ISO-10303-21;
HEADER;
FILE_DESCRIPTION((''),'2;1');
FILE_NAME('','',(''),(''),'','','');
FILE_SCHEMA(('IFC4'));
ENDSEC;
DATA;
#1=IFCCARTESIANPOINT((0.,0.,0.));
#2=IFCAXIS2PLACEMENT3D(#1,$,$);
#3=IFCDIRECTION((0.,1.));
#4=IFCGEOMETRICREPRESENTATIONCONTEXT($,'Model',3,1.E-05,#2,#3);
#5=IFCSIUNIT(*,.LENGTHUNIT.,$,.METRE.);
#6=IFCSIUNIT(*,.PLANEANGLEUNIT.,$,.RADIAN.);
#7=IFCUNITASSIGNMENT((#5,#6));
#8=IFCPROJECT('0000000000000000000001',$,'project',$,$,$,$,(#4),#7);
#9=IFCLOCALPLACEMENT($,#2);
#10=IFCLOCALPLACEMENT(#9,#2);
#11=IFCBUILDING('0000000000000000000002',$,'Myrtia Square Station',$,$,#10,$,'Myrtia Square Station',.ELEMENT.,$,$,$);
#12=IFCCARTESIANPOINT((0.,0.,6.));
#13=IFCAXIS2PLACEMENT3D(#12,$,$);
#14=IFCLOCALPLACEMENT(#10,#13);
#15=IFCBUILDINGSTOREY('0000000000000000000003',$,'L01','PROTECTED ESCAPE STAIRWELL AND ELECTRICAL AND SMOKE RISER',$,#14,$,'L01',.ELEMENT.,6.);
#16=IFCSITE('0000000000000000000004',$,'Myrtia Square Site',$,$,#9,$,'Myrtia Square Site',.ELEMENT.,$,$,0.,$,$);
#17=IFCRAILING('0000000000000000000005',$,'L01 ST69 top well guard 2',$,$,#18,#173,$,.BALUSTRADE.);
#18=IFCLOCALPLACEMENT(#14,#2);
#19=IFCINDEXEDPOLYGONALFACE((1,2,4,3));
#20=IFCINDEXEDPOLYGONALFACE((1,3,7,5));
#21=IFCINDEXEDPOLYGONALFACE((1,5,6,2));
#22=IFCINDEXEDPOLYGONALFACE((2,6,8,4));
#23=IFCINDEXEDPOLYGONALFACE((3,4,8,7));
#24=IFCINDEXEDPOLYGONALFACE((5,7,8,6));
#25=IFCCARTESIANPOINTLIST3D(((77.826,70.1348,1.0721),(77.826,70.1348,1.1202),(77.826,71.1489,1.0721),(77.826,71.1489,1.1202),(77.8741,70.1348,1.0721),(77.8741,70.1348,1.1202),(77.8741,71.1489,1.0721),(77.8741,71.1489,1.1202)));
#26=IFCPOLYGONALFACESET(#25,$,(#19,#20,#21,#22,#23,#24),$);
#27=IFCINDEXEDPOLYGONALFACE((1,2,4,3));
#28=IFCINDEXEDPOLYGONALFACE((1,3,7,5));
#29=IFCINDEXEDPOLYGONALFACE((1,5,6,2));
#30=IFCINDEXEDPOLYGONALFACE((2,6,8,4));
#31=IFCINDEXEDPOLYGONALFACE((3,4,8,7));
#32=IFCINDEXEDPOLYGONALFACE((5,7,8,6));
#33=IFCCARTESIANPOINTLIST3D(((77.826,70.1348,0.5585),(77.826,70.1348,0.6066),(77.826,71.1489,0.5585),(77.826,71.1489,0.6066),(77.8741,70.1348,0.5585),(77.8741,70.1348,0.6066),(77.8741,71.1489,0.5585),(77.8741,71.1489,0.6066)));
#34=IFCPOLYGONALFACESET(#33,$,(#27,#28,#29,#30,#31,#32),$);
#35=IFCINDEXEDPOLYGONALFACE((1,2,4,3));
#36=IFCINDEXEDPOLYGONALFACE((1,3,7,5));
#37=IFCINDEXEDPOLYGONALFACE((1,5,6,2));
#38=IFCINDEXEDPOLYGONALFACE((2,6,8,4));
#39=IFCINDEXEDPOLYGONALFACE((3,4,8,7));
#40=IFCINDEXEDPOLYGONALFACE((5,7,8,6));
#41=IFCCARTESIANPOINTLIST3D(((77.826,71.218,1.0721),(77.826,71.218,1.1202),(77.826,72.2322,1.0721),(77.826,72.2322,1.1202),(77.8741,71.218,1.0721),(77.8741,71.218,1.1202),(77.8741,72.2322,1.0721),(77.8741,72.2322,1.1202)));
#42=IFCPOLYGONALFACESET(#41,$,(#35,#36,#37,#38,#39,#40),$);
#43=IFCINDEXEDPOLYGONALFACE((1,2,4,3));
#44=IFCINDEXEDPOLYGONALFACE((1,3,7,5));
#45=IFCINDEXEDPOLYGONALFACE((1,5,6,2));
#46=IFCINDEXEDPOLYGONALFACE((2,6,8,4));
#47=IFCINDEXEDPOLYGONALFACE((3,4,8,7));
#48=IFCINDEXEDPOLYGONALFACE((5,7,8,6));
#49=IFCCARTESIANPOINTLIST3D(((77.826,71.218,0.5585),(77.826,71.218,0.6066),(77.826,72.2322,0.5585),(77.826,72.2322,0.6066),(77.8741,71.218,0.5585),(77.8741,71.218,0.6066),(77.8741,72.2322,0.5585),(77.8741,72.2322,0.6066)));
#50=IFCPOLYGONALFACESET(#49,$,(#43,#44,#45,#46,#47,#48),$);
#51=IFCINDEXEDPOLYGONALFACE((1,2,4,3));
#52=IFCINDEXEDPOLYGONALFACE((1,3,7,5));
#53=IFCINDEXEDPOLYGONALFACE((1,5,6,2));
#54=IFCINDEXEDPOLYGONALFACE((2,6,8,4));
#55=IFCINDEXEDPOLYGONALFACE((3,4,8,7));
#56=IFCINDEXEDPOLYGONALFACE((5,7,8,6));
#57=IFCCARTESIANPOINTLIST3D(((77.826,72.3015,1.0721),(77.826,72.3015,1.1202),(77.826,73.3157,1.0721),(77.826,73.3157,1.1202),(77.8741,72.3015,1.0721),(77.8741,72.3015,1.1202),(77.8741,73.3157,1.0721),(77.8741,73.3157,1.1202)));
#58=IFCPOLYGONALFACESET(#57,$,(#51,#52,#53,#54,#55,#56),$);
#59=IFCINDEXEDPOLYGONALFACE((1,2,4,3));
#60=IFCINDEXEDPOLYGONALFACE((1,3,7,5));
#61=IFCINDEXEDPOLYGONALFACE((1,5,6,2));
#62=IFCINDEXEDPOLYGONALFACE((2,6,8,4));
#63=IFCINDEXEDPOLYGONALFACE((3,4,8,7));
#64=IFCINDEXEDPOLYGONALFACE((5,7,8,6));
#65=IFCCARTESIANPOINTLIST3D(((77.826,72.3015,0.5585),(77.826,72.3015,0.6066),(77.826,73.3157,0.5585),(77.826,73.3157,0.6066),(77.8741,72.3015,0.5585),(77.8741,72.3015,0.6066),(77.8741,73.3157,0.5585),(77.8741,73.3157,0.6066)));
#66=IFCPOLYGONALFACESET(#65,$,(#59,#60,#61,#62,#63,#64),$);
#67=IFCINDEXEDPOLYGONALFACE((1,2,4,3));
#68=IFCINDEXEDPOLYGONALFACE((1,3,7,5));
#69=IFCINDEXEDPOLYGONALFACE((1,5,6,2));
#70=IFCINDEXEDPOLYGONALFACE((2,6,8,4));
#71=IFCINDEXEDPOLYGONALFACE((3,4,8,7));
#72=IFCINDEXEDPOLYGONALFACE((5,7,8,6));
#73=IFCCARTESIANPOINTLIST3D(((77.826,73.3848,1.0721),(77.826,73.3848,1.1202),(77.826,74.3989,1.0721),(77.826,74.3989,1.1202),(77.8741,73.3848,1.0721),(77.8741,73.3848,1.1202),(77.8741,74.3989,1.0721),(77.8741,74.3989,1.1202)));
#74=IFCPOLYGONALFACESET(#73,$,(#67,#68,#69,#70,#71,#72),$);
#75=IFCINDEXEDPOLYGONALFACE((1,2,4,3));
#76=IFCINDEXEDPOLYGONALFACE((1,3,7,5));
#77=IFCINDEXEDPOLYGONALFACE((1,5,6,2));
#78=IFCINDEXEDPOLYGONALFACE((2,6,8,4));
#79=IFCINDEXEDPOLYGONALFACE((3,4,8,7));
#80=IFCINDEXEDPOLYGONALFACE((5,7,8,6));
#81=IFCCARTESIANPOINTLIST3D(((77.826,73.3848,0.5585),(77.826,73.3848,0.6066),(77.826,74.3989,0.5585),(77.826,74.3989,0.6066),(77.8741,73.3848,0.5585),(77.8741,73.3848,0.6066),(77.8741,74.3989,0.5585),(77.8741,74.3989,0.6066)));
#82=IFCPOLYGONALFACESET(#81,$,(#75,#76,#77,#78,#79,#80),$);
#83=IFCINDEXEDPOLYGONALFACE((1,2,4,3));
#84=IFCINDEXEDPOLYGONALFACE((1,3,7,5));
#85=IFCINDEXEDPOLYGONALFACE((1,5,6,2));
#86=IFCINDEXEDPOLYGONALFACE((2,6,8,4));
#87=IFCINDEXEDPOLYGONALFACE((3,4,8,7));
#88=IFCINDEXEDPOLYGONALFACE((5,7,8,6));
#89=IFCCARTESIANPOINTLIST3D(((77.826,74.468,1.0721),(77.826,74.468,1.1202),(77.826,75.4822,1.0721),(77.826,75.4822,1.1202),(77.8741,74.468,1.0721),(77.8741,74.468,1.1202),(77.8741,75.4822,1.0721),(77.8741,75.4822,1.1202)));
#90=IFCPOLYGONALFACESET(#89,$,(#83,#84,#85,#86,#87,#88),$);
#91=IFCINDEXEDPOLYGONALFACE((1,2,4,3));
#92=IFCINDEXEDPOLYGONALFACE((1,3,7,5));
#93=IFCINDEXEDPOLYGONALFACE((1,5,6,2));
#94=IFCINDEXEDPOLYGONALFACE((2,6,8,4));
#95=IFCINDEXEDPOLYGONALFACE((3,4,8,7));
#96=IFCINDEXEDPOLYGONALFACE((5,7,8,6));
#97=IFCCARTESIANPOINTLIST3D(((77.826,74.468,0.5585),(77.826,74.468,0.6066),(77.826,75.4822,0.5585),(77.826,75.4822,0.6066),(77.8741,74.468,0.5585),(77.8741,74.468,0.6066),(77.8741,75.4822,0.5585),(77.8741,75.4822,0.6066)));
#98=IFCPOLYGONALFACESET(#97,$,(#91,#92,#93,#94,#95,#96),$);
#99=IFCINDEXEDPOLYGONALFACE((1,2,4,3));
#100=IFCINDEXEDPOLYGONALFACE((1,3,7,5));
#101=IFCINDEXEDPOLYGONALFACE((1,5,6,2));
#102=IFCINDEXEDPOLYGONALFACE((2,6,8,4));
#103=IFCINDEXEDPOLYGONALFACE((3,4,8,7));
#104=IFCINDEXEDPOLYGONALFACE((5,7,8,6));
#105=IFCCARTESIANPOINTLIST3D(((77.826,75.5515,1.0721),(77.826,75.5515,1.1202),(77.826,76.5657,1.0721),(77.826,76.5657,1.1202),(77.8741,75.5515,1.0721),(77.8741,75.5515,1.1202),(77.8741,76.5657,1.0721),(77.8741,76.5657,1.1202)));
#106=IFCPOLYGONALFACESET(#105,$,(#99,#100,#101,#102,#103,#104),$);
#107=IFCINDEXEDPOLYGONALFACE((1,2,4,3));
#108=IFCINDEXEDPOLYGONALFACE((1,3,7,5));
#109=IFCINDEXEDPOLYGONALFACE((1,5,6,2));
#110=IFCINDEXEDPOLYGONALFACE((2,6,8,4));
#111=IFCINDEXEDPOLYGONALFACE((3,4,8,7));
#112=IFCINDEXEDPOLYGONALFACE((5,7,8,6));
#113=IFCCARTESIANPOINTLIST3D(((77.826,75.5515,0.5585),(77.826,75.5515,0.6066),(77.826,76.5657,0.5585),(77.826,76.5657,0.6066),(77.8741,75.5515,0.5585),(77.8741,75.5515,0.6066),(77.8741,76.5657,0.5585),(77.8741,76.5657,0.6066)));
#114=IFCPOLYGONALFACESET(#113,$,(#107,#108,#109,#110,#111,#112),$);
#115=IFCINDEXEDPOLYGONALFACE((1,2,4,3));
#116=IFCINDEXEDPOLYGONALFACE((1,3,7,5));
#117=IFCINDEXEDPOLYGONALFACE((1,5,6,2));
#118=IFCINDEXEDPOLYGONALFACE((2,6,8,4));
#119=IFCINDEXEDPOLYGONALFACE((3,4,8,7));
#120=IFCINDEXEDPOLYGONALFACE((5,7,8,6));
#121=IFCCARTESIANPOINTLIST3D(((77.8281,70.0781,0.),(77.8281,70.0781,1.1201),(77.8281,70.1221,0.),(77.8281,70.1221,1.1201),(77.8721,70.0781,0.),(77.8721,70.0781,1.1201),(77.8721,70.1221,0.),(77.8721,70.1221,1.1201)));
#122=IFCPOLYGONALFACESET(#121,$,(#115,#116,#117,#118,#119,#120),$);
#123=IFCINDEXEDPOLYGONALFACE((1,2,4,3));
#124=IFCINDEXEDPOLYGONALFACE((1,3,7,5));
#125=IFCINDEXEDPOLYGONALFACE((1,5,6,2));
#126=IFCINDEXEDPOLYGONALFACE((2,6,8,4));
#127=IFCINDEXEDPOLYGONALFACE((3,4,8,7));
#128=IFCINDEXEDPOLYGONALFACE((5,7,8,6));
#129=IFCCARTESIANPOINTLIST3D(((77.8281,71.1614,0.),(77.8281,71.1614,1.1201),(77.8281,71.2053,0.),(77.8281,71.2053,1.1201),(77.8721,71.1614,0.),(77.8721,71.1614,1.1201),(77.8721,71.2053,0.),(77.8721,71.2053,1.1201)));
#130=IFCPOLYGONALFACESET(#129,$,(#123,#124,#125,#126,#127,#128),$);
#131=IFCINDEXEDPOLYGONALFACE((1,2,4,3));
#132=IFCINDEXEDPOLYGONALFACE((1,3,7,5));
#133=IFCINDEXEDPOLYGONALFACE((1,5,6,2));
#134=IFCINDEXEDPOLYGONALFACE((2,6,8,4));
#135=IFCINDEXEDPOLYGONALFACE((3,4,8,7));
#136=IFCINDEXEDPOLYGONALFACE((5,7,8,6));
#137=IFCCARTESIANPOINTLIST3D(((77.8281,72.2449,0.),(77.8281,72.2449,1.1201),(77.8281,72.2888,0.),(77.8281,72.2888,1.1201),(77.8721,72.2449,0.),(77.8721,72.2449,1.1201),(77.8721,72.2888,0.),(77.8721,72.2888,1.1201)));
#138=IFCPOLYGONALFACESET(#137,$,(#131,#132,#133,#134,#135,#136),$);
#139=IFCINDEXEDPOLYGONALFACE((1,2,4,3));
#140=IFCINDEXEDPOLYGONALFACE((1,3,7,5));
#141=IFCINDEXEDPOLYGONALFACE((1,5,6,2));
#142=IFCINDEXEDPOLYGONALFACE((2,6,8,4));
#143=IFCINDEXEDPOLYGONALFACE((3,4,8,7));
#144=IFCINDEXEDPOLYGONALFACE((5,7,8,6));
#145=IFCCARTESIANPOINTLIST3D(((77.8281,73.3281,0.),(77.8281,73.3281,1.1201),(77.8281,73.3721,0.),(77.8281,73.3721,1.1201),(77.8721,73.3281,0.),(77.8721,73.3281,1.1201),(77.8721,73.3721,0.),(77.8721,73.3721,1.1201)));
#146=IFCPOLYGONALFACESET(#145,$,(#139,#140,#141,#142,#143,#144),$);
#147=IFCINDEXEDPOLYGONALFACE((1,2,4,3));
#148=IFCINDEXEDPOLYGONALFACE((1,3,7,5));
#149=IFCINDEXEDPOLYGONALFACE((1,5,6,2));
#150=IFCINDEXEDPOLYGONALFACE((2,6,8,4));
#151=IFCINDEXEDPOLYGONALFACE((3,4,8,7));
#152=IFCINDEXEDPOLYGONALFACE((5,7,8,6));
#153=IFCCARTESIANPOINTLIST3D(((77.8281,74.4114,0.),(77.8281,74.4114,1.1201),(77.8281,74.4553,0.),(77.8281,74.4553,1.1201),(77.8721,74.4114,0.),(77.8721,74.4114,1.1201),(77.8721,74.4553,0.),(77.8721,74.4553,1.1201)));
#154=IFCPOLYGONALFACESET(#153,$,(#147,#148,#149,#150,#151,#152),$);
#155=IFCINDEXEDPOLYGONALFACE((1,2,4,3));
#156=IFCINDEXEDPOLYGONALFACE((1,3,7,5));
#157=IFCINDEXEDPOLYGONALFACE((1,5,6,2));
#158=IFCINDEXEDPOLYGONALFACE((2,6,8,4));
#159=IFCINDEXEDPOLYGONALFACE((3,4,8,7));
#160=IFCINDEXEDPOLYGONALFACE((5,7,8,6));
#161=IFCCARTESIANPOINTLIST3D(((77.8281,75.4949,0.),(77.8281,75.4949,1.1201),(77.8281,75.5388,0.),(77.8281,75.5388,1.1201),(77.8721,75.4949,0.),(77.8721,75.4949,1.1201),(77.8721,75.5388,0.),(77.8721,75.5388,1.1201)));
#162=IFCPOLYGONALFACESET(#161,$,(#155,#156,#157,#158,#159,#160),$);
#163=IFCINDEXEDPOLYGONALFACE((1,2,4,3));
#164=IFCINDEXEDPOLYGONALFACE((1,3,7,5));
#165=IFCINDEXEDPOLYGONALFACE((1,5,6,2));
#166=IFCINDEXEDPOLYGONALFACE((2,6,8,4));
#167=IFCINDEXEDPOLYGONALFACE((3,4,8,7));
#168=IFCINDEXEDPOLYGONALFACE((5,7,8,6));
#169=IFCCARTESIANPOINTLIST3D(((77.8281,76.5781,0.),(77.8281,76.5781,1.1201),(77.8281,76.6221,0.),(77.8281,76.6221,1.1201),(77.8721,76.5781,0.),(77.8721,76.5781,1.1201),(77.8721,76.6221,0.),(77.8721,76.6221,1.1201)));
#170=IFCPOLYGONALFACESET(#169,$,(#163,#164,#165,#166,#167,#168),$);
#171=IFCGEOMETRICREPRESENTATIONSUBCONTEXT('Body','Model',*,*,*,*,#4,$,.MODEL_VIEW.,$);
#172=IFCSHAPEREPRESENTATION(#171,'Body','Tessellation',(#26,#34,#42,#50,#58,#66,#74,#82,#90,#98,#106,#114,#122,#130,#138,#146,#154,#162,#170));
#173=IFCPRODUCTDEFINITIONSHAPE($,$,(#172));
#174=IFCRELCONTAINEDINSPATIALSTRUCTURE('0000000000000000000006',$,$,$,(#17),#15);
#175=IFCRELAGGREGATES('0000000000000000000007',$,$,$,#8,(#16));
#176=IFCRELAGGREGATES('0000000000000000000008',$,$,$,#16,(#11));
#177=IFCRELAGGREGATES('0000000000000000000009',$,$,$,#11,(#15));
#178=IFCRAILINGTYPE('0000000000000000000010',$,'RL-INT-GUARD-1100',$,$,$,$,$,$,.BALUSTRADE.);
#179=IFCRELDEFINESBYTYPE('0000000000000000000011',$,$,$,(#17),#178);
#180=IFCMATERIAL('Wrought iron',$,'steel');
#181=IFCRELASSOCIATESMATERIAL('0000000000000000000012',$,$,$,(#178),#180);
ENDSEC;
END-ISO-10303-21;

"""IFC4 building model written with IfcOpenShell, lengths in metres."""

from ifc_helpers import new_model, si_unit, direction, frame, origin, origin_2d, place, context, subcontext, project, spatial, rectangle, extrude, material, type_object, element, save


model = new_model("IFC4")

# Units and contexts
model_context = context("Model", 3, precision=1e-05, world=origin(), true_north=direction((0.0, 1.0)))
body_context = subcontext(model_context, "Body", "Model", "MODEL_VIEW")
ifc_project = project(units=[si_unit("LENGTHUNIT", "METRE"), si_unit("PLANEANGLEUNIT", "RADIAN")], contexts=[model_context])

# Site, building, storey
site_placement = place(None, origin())
site = spatial("IfcSite", under=ifc_project, at=site_placement, Name="Myrtia Square Site", LongName="Myrtia Square Site", CompositionType="ELEMENT", RefElevation=0.0)
building_placement = place(site_placement, origin())
building = spatial("IfcBuilding", under=site, at=building_placement, Name="Myrtia Square Station", LongName="Myrtia Square Station", CompositionType="ELEMENT")
storey_placement = place(building_placement, frame((0.0, 0.0, 6.0)))
storey = spatial("IfcBuildingStorey", under=building, at=storey_placement, Name="L01", Description="PROTECTED ESCAPE STAIRWELL AND ELECTRICAL AND SMOKE RISER", LongName="L01", CompositionType="ELEMENT", Elevation=6.0)

# Railing
ifc_material_1 = material(Name="Wrought iron", Category="steel")
railing_type = type_object("IfcRailingType", Name="RL-INT-GUARD-1100", PredefinedType="BALUSTRADE", material=ifc_material_1)
railing_1_placement = place(storey_placement, frame((77.8501, 70.1001, 0.0)))
element("IfcRailing", 1, at=railing_1_placement, inside=storey, type_object=railing_type, Name="L01 ST69 top well guard 2", PredefinedType="BALUSTRADE", context=body_context, shape_type="SweptSolid", body=[
    extrude(rectangle(XDim=0.0481, YDim=0.0481, at=origin_2d()), frame((0.0, 0.0347, 1.0962), z_axis=(0.0, 1.0, 0.0), x_axis=(-1.0, 0.0, 0.0)), (0.0, 0.0, 1.0), 1.0142),
    extrude(rectangle(XDim=0.0481, YDim=0.0481, at=origin_2d()), frame((0.0, 0.0347, 0.5825), z_axis=(0.0, 1.0, 0.0), x_axis=(-1.0, 0.0, 0.0)), (0.0, 0.0, 1.0), 1.0142),
    extrude(rectangle(XDim=0.0481, YDim=0.0481, at=origin_2d()), frame((0.0, 1.1179, 1.0962), z_axis=(0.0, 1.0, 0.0), x_axis=(-1.0, 0.0, 0.0)), (0.0, 0.0, 1.0), 1.0142),
    extrude(rectangle(XDim=0.0481, YDim=0.0481, at=origin_2d()), frame((0.0, 1.1179, 0.5825), z_axis=(0.0, 1.0, 0.0), x_axis=(-1.0, 0.0, 0.0)), (0.0, 0.0, 1.0), 1.0142),
    extrude(rectangle(XDim=0.0481, YDim=0.0481, at=origin_2d()), frame((0.0, 2.2014, 1.0962), z_axis=(0.0, 1.0, 0.0), x_axis=(-1.0, 0.0, 0.0)), (0.0, 0.0, 1.0), 1.0142),
    extrude(rectangle(XDim=0.0481, YDim=0.0481, at=origin_2d()), frame((0.0, 2.2014, 0.5825), z_axis=(0.0, 1.0, 0.0), x_axis=(-1.0, 0.0, 0.0)), (0.0, 0.0, 1.0), 1.0142),
    extrude(rectangle(XDim=0.0481, YDim=0.0481, at=origin_2d()), frame((0.0, 3.2847, 1.0962), z_axis=(0.0, 1.0, 0.0), x_axis=(-1.0, 0.0, 0.0)), (0.0, 0.0, 1.0), 1.0142),
    extrude(rectangle(XDim=0.0481, YDim=0.0481, at=origin_2d()), frame((0.0, 3.2847, 0.5825), z_axis=(0.0, 1.0, 0.0), x_axis=(-1.0, 0.0, 0.0)), (0.0, 0.0, 1.0), 1.0142),
    extrude(rectangle(XDim=0.0481, YDim=0.0481, at=origin_2d()), frame((0.0, 4.3679, 1.0962), z_axis=(0.0, 1.0, 0.0), x_axis=(-1.0, 0.0, 0.0)), (0.0, 0.0, 1.0), 1.0142),
    extrude(rectangle(XDim=0.0481, YDim=0.0481, at=origin_2d()), frame((0.0, 4.3679, 0.5825), z_axis=(0.0, 1.0, 0.0), x_axis=(-1.0, 0.0, 0.0)), (0.0, 0.0, 1.0), 1.0142),
    extrude(rectangle(XDim=0.0481, YDim=0.0481, at=origin_2d()), frame((0.0, 5.4514, 1.0962), z_axis=(0.0, 1.0, 0.0), x_axis=(-1.0, 0.0, 0.0)), (0.0, 0.0, 1.0), 1.0142),
    extrude(rectangle(XDim=0.0481, YDim=0.0481, at=origin_2d()), frame((0.0, 5.4514, 0.5825), z_axis=(0.0, 1.0, 0.0), x_axis=(-1.0, 0.0, 0.0)), (0.0, 0.0, 1.0), 1.0142),
    extrude(rectangle(XDim=0.0439, YDim=0.0439, at=origin_2d()), origin(), (0.0, 0.0, 1.0), 1.1201),
    extrude(rectangle(XDim=0.0439, YDim=0.0439, at=origin_2d()), frame((0.0, 1.0833, 0.0)), (0.0, 0.0, 1.0), 1.1201),
    extrude(rectangle(XDim=0.0439, YDim=0.0439, at=origin_2d()), frame((0.0, 2.1667, 0.0)), (0.0, 0.0, 1.0), 1.1201),
    extrude(rectangle(XDim=0.0439, YDim=0.0439, at=origin_2d()), frame((0.0, 3.25, 0.0)), (0.0, 0.0, 1.0), 1.1201),
    extrude(rectangle(XDim=0.0439, YDim=0.0439, at=origin_2d()), frame((0.0, 4.3333, 0.0)), (0.0, 0.0, 1.0), 1.1201),
    extrude(rectangle(XDim=0.0439, YDim=0.0439, at=origin_2d()), frame((0.0, 5.4167, 0.0)), (0.0, 0.0, 1.0), 1.1201),
    extrude(rectangle(XDim=0.0439, YDim=0.0439, at=origin_2d()), frame((0.0, 6.5, 0.0)), (0.0, 0.0, 1.0), 1.1201),
])

save(model, "model.ifc")
